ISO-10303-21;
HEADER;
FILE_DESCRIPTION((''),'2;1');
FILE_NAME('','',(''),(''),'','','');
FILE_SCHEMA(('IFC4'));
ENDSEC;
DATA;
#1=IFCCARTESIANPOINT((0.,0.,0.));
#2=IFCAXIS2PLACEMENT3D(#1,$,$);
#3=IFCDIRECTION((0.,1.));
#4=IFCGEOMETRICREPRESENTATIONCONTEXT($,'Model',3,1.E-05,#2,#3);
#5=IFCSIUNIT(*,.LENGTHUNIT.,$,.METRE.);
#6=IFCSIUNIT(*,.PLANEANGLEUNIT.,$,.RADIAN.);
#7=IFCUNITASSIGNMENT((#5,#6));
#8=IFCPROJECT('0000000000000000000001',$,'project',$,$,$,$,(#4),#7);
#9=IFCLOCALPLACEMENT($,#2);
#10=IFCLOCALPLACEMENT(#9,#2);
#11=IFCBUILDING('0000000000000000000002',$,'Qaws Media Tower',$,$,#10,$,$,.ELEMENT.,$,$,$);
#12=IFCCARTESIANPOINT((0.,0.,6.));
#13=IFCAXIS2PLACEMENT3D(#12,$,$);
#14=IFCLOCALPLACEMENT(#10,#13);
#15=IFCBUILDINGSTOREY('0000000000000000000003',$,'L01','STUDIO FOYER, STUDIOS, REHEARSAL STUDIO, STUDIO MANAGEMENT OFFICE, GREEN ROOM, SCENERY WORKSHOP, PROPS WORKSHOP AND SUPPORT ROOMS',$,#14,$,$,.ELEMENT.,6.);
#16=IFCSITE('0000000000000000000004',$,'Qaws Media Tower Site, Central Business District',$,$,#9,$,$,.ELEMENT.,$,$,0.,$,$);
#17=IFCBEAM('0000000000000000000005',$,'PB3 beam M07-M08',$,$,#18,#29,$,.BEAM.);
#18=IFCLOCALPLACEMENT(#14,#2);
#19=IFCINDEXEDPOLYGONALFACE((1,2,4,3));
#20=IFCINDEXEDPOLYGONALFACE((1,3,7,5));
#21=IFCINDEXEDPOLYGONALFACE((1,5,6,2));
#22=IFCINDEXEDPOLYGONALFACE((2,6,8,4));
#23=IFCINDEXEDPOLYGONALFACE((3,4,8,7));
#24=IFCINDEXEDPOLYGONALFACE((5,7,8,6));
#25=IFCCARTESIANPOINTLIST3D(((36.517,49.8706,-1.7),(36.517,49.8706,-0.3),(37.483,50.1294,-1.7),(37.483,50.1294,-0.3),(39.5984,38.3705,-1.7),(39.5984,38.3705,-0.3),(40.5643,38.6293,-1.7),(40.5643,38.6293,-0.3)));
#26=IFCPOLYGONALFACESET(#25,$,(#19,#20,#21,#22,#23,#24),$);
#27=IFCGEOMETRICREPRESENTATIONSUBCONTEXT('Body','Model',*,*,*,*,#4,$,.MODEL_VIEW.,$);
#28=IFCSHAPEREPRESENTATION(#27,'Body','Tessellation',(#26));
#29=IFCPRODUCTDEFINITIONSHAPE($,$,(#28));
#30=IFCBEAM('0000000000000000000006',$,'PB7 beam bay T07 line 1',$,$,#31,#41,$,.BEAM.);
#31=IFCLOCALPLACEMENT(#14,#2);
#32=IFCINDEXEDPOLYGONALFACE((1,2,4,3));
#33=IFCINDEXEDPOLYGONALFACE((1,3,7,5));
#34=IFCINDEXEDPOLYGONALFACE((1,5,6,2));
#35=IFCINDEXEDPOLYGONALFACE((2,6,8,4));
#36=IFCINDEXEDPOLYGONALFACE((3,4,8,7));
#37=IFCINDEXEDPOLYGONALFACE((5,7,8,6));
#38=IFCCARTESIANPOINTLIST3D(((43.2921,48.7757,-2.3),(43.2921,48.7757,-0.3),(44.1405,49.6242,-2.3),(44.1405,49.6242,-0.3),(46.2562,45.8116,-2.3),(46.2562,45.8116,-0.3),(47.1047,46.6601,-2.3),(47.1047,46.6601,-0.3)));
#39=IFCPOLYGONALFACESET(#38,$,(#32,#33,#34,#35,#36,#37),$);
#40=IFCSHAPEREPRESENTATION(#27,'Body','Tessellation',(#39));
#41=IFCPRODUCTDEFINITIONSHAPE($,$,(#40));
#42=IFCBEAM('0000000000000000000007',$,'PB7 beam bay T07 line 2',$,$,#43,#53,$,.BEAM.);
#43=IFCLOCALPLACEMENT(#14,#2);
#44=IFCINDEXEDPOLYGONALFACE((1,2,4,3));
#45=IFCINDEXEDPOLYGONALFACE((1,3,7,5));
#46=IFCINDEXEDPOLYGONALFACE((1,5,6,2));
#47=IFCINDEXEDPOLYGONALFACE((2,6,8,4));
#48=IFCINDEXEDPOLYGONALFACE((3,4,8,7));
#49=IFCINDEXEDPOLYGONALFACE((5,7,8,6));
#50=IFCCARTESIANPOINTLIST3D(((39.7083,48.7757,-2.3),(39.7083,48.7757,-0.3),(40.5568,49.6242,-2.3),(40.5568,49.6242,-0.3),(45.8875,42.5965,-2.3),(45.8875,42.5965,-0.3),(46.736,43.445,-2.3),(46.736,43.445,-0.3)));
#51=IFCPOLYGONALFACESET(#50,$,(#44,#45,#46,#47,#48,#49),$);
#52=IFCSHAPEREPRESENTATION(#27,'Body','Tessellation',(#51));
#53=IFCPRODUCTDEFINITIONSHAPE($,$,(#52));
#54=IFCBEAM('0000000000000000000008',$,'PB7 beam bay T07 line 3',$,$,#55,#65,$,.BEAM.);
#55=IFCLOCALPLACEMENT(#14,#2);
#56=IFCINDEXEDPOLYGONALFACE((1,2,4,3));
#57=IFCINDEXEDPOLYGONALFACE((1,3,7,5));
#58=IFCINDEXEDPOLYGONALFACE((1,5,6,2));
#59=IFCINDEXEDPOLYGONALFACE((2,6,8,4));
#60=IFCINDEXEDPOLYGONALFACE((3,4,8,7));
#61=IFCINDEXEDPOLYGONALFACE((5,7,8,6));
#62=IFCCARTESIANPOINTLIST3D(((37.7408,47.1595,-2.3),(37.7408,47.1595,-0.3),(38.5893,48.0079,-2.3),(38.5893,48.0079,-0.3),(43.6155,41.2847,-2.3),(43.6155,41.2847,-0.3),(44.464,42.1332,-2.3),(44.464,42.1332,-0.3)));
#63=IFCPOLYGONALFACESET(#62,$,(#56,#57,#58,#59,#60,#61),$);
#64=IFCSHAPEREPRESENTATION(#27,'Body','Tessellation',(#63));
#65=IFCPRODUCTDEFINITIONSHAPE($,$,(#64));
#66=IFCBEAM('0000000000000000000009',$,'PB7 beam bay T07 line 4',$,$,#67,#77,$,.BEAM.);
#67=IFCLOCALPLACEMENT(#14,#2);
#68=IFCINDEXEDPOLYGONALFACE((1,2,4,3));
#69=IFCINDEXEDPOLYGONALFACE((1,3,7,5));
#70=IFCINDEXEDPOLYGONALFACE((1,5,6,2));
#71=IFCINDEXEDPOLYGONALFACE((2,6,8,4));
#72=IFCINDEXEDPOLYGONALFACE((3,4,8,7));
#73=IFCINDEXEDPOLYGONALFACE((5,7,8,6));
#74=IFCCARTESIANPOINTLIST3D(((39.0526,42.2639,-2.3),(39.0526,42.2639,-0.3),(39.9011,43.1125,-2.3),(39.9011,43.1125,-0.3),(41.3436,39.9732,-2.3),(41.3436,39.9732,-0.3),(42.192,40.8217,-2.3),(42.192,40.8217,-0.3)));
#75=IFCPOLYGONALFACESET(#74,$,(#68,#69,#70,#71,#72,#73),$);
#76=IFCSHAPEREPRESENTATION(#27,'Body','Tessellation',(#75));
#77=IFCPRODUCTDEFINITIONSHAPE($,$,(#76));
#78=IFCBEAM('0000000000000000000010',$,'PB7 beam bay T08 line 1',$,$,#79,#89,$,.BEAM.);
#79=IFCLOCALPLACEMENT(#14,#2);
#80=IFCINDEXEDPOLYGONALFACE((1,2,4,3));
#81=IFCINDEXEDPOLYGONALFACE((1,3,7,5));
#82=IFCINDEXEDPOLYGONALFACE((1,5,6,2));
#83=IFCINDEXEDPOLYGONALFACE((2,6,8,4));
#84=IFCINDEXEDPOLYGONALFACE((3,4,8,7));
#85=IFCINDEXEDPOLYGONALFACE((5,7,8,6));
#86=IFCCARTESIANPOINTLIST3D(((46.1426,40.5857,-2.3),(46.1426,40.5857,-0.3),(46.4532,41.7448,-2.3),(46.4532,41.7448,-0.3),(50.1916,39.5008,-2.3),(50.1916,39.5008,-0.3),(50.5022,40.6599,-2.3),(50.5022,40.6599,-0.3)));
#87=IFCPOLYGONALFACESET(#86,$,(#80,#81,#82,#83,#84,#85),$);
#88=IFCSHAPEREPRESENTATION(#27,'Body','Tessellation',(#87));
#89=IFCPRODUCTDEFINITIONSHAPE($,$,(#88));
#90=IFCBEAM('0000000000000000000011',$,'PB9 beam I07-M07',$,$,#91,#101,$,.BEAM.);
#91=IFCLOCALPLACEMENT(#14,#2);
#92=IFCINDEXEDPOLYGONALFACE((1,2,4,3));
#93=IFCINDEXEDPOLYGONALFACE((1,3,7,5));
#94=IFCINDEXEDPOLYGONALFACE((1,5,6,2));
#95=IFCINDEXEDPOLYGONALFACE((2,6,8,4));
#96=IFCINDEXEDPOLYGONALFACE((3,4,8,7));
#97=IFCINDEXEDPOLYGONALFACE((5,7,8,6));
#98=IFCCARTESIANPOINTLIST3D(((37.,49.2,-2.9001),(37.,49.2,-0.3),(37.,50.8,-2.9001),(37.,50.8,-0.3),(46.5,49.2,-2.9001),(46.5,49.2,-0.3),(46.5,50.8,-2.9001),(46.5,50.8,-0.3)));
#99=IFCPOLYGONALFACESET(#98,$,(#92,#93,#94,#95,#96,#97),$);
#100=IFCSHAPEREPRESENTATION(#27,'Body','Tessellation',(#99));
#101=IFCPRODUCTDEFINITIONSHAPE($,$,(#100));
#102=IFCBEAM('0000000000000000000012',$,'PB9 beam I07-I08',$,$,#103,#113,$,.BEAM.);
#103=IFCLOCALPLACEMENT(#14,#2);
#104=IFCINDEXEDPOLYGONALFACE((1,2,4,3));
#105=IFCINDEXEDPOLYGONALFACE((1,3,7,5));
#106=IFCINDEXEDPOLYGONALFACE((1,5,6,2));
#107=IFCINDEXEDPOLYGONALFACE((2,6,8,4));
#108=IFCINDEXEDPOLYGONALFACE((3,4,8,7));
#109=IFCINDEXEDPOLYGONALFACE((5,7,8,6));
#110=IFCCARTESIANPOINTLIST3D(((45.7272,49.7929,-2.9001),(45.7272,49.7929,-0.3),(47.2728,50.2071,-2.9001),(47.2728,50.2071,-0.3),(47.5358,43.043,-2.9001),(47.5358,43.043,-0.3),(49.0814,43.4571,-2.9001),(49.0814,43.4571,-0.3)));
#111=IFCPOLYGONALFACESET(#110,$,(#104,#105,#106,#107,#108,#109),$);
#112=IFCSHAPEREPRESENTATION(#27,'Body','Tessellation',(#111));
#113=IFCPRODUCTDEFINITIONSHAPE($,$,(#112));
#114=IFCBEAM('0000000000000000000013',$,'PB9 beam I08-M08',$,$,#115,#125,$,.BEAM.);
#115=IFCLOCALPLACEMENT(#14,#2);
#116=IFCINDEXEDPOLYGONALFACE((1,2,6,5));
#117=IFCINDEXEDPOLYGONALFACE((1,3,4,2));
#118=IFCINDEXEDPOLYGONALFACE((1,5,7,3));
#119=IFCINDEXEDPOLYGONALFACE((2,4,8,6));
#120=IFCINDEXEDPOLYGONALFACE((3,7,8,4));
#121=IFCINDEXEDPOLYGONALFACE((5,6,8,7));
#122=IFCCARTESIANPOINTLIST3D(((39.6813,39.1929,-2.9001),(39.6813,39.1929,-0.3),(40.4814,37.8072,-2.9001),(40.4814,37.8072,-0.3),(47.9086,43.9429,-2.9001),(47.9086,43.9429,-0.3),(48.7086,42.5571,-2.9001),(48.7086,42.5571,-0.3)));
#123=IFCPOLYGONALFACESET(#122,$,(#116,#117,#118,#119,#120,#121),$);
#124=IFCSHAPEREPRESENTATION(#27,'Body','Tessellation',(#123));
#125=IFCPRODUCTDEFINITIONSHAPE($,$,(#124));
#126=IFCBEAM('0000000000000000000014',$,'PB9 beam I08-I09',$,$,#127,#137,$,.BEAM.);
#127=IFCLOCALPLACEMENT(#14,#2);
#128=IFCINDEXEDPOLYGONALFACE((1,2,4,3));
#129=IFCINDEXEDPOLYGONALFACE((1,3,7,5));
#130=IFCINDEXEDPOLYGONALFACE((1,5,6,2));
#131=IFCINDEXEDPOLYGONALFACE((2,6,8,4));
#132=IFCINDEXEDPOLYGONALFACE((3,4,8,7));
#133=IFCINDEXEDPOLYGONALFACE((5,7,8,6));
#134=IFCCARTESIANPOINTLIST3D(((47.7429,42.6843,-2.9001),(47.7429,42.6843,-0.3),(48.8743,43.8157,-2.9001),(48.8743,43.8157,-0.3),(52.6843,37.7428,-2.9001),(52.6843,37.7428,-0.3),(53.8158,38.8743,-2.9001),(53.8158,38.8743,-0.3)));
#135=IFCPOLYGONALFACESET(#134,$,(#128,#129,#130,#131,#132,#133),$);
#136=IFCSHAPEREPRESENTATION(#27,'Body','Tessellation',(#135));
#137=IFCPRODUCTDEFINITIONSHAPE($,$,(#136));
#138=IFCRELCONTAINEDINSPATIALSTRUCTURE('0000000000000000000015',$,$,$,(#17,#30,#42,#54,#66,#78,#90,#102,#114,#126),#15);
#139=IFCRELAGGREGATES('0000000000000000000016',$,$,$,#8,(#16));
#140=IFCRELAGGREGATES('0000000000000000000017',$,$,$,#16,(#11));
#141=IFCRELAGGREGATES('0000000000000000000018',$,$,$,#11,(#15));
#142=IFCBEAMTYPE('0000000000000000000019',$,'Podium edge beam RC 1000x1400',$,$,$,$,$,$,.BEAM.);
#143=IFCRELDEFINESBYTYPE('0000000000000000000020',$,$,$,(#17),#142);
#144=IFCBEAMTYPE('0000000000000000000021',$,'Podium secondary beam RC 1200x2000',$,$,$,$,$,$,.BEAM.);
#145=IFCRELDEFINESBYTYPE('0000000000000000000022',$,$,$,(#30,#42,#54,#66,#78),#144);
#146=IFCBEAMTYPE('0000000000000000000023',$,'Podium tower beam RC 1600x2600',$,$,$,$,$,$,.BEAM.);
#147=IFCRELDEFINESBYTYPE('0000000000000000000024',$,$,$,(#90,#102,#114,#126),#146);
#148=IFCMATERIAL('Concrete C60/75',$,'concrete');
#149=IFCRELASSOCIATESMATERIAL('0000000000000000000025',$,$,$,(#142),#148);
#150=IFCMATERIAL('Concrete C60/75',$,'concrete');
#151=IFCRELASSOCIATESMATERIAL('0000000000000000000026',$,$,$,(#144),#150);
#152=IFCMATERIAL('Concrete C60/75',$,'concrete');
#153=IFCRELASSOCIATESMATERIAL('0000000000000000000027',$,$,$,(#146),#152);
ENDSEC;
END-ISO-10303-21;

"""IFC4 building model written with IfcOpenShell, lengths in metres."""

from ifc_helpers import new_model, si_unit, direction, frame, origin, origin_2d, place, context, subcontext, project, spatial, rectangle, extrude, material, material_profile, profile_set, type_object, element, save


model = new_model("IFC4")

# Units and contexts
model_context = context("Model", 3, precision=1e-05, world=origin(), true_north=direction((0.0, 1.0)))
body_context = subcontext(model_context, "Body", "Model", "MODEL_VIEW")
ifc_project = project(units=[si_unit("LENGTHUNIT", "METRE"), si_unit("PLANEANGLEUNIT", "RADIAN")], contexts=[model_context])

# Site, building, storey
site_placement = place(None, origin())
site = spatial("IfcSite", under=ifc_project, at=site_placement, Name="Qaws Media Tower Site, Central Business District", CompositionType="ELEMENT", RefElevation=0.0)
building_placement = place(site_placement, origin())
building = spatial("IfcBuilding", under=site, at=building_placement, Name="Qaws Media Tower", CompositionType="ELEMENT")
storey_placement = place(building_placement, frame((0.0, 0.0, 6.0)))
storey = spatial("IfcBuildingStorey", under=building, at=storey_placement, Name="L01", Description="STUDIO FOYER, STUDIOS, REHEARSAL STUDIO, STUDIO MANAGEMENT OFFICE, GREEN ROOM, SCENERY WORKSHOP, PROPS WORKSHOP AND SUPPORT ROOMS", CompositionType="ELEMENT", Elevation=6.0)

# Beams
ifc_material_1 = material(Name="Concrete C60/75", Category="concrete")
ifc_material_profile_1 = material_profile(ifc_material_1, rectangle(XDim=1.0, YDim=1.3999, at=origin_2d()), Name="RC 1000x1400")
ifc_profile_set_1 = profile_set([ifc_material_profile_1], Name="Concrete C60/75")
beam_type_1 = type_object("IfcBeamType", Name="Podium edge beam RC 1000x1400", PredefinedType="BEAM", material=ifc_profile_set_1)
beam_1_placement = place(storey_placement, frame((37.0, 50.0, -1.0), z_axis=(0.25881, -0.965928, 0.0), x_axis=(0.965928, 0.25881, 0.0)))
element("IfcBeam", 1, at=beam_1_placement, inside=storey, type_object=beam_type_1, Name="PB3 beam M07-M08", PredefinedType="BEAM", context=body_context, shape_type="SweptSolid", body=[
    extrude(rectangle(XDim=1.0, YDim=1.3999, at=origin_2d()), origin(), (0.0, 0.0, 1.0), 11.9058),
])
ifc_material_2 = material(Name="Concrete C60/75", Category="concrete")
ifc_material_profile_2 = material_profile(ifc_material_2, rectangle(XDim=1.2, YDim=2.0, at=origin_2d()), Name="RC 1200x2000")
ifc_profile_set_2 = profile_set([ifc_material_profile_2], Name="Concrete C60/75")
beam_type_2 = type_object("IfcBeamType", Name="Podium secondary beam RC 1200x2000", PredefinedType="BEAM", material=ifc_profile_set_2)
beam_2_placement = place(storey_placement, frame((46.6804, 46.2358, -1.3), z_axis=(-0.707107, 0.707107, 0.0), x_axis=(-0.707107, -0.707107, 0.0)))
element("IfcBeam", 2, at=beam_2_placement, inside=storey, type_object=beam_type_2, Name="PB7 beam bay T07 line 1", PredefinedType="BEAM", context=body_context, shape_type="SweptSolid", body=[
    extrude(rectangle(XDim=1.2, YDim=2.0, at=origin_2d()), origin(), (0.0, 0.0, 1.0), 4.1919),
])
beam_3_placement = place(storey_placement, frame((46.3118, 43.0208, -1.3), z_axis=(-0.707107, 0.707107, 0.0), x_axis=(-0.707107, -0.707107, 0.0)))
element("IfcBeam", 3, at=beam_3_placement, inside=storey, type_object=beam_type_2, Name="PB7 beam bay T07 line 2", PredefinedType="BEAM", context=body_context, shape_type="SweptSolid", body=[
    extrude(rectangle(XDim=1.2, YDim=2.0, at=origin_2d()), origin(), (0.0, 0.0, 1.0), 8.7388),
])
beam_4_placement = place(storey_placement, frame((44.0398, 41.709, -1.3), z_axis=(-0.707107, 0.707107, 0.0), x_axis=(-0.707107, -0.707107, 0.0)))
element("IfcBeam", 4, at=beam_4_placement, inside=storey, type_object=beam_type_2, Name="PB7 beam bay T07 line 3", PredefinedType="BEAM", context=body_context, shape_type="SweptSolid", body=[
    extrude(rectangle(XDim=1.2, YDim=2.0, at=origin_2d()), origin(), (0.0, 0.0, 1.0), 8.3081),
])
beam_5_placement = place(storey_placement, frame((41.7678, 40.3975, -1.3), z_axis=(-0.707144, 0.707069, 0.0), x_axis=(-0.707069, -0.707144, 0.0)))
element("IfcBeam", 5, at=beam_5_placement, inside=storey, type_object=beam_type_2, Name="PB7 beam bay T07 line 4", PredefinedType="BEAM", context=body_context, shape_type="SweptSolid", body=[
    extrude(rectangle(XDim=1.2, YDim=2.0, at=origin_2d()), origin(), (0.0, 0.0, 1.0), 3.2397),
])
beam_6_placement = place(storey_placement, frame((50.3469, 40.0803, -1.3), z_axis=(-0.965925, 0.258822, 0.0), x_axis=(-0.258822, -0.965925, 0.0)))
element("IfcBeam", 6, at=beam_6_placement, inside=storey, type_object=beam_type_2, Name="PB7 beam bay T08 line 1", PredefinedType="BEAM", context=body_context, shape_type="SweptSolid", body=[
    extrude(rectangle(XDim=1.2, YDim=2.0, at=origin_2d()), origin(), (0.0, 0.0, 1.0), 4.1919),
])
ifc_material_3 = material(Name="Concrete C60/75", Category="concrete")
ifc_material_profile_3 = material_profile(ifc_material_3, rectangle(XDim=1.6001, YDim=2.6001, at=origin_2d()), Name="RC 1600x2600")
ifc_profile_set_3 = profile_set([ifc_material_profile_3], Name="Concrete C60/75")
beam_type_3 = type_object("IfcBeamType", Name="Podium tower beam RC 1600x2600", PredefinedType="BEAM", material=ifc_profile_set_3)
beam_7_placement = place(storey_placement, frame((46.5, 50.0, -1.6001), z_axis=(-1.0, 0.0, 0.0), x_axis=(0.0, -1.0, 0.0)))
element("IfcBeam", 7, at=beam_7_placement, inside=storey, type_object=beam_type_3, Name="PB9 beam I07-M07", PredefinedType="BEAM", context=body_context, shape_type="SweptSolid", body=[
    extrude(rectangle(XDim=1.6001, YDim=2.6001, at=origin_2d()), origin(), (0.0, 0.0, 1.0), 9.5),
])
beam_8_placement = place(storey_placement, frame((46.5, 50.0, -1.6001), z_axis=(0.258811, -0.965928, 0.0), x_axis=(0.965928, 0.258811, 0.0)))
element("IfcBeam", 8, at=beam_8_placement, inside=storey, type_object=beam_type_3, Name="PB9 beam I07-I08", PredefinedType="BEAM", context=body_context, shape_type="SweptSolid", body=[
    extrude(rectangle(XDim=1.6001, YDim=2.6001, at=origin_2d()), origin(), (0.0, 0.0, 1.0), 6.988),
])
beam_9_placement = place(storey_placement, frame((48.3086, 43.25, -1.6001), z_axis=(-0.866027, -0.499998, 0.0), x_axis=(0.499998, -0.866027, 0.0)))
element("IfcBeam", 9, at=beam_9_placement, inside=storey, type_object=beam_type_3, Name="PB9 beam I08-M08", PredefinedType="BEAM", context=body_context, shape_type="SweptSolid", body=[
    extrude(rectangle(XDim=1.6001, YDim=2.6001, at=origin_2d()), origin(), (0.0, 0.0, 1.0), 9.5),
])
beam_10_placement = place(storey_placement, frame((48.3086, 43.25, -1.6001), z_axis=(0.707107, -0.707107, 0.0), x_axis=(0.707107, 0.707107, 0.0)))
element("IfcBeam", 10, at=beam_10_placement, inside=storey, type_object=beam_type_3, Name="PB9 beam I08-I09", PredefinedType="BEAM", context=body_context, shape_type="SweptSolid", body=[
    extrude(rectangle(XDim=1.6001, YDim=2.6001, at=origin_2d()), origin(), (0.0, 0.0, 1.0), 6.9883),
])

save(model, "model.ifc")
